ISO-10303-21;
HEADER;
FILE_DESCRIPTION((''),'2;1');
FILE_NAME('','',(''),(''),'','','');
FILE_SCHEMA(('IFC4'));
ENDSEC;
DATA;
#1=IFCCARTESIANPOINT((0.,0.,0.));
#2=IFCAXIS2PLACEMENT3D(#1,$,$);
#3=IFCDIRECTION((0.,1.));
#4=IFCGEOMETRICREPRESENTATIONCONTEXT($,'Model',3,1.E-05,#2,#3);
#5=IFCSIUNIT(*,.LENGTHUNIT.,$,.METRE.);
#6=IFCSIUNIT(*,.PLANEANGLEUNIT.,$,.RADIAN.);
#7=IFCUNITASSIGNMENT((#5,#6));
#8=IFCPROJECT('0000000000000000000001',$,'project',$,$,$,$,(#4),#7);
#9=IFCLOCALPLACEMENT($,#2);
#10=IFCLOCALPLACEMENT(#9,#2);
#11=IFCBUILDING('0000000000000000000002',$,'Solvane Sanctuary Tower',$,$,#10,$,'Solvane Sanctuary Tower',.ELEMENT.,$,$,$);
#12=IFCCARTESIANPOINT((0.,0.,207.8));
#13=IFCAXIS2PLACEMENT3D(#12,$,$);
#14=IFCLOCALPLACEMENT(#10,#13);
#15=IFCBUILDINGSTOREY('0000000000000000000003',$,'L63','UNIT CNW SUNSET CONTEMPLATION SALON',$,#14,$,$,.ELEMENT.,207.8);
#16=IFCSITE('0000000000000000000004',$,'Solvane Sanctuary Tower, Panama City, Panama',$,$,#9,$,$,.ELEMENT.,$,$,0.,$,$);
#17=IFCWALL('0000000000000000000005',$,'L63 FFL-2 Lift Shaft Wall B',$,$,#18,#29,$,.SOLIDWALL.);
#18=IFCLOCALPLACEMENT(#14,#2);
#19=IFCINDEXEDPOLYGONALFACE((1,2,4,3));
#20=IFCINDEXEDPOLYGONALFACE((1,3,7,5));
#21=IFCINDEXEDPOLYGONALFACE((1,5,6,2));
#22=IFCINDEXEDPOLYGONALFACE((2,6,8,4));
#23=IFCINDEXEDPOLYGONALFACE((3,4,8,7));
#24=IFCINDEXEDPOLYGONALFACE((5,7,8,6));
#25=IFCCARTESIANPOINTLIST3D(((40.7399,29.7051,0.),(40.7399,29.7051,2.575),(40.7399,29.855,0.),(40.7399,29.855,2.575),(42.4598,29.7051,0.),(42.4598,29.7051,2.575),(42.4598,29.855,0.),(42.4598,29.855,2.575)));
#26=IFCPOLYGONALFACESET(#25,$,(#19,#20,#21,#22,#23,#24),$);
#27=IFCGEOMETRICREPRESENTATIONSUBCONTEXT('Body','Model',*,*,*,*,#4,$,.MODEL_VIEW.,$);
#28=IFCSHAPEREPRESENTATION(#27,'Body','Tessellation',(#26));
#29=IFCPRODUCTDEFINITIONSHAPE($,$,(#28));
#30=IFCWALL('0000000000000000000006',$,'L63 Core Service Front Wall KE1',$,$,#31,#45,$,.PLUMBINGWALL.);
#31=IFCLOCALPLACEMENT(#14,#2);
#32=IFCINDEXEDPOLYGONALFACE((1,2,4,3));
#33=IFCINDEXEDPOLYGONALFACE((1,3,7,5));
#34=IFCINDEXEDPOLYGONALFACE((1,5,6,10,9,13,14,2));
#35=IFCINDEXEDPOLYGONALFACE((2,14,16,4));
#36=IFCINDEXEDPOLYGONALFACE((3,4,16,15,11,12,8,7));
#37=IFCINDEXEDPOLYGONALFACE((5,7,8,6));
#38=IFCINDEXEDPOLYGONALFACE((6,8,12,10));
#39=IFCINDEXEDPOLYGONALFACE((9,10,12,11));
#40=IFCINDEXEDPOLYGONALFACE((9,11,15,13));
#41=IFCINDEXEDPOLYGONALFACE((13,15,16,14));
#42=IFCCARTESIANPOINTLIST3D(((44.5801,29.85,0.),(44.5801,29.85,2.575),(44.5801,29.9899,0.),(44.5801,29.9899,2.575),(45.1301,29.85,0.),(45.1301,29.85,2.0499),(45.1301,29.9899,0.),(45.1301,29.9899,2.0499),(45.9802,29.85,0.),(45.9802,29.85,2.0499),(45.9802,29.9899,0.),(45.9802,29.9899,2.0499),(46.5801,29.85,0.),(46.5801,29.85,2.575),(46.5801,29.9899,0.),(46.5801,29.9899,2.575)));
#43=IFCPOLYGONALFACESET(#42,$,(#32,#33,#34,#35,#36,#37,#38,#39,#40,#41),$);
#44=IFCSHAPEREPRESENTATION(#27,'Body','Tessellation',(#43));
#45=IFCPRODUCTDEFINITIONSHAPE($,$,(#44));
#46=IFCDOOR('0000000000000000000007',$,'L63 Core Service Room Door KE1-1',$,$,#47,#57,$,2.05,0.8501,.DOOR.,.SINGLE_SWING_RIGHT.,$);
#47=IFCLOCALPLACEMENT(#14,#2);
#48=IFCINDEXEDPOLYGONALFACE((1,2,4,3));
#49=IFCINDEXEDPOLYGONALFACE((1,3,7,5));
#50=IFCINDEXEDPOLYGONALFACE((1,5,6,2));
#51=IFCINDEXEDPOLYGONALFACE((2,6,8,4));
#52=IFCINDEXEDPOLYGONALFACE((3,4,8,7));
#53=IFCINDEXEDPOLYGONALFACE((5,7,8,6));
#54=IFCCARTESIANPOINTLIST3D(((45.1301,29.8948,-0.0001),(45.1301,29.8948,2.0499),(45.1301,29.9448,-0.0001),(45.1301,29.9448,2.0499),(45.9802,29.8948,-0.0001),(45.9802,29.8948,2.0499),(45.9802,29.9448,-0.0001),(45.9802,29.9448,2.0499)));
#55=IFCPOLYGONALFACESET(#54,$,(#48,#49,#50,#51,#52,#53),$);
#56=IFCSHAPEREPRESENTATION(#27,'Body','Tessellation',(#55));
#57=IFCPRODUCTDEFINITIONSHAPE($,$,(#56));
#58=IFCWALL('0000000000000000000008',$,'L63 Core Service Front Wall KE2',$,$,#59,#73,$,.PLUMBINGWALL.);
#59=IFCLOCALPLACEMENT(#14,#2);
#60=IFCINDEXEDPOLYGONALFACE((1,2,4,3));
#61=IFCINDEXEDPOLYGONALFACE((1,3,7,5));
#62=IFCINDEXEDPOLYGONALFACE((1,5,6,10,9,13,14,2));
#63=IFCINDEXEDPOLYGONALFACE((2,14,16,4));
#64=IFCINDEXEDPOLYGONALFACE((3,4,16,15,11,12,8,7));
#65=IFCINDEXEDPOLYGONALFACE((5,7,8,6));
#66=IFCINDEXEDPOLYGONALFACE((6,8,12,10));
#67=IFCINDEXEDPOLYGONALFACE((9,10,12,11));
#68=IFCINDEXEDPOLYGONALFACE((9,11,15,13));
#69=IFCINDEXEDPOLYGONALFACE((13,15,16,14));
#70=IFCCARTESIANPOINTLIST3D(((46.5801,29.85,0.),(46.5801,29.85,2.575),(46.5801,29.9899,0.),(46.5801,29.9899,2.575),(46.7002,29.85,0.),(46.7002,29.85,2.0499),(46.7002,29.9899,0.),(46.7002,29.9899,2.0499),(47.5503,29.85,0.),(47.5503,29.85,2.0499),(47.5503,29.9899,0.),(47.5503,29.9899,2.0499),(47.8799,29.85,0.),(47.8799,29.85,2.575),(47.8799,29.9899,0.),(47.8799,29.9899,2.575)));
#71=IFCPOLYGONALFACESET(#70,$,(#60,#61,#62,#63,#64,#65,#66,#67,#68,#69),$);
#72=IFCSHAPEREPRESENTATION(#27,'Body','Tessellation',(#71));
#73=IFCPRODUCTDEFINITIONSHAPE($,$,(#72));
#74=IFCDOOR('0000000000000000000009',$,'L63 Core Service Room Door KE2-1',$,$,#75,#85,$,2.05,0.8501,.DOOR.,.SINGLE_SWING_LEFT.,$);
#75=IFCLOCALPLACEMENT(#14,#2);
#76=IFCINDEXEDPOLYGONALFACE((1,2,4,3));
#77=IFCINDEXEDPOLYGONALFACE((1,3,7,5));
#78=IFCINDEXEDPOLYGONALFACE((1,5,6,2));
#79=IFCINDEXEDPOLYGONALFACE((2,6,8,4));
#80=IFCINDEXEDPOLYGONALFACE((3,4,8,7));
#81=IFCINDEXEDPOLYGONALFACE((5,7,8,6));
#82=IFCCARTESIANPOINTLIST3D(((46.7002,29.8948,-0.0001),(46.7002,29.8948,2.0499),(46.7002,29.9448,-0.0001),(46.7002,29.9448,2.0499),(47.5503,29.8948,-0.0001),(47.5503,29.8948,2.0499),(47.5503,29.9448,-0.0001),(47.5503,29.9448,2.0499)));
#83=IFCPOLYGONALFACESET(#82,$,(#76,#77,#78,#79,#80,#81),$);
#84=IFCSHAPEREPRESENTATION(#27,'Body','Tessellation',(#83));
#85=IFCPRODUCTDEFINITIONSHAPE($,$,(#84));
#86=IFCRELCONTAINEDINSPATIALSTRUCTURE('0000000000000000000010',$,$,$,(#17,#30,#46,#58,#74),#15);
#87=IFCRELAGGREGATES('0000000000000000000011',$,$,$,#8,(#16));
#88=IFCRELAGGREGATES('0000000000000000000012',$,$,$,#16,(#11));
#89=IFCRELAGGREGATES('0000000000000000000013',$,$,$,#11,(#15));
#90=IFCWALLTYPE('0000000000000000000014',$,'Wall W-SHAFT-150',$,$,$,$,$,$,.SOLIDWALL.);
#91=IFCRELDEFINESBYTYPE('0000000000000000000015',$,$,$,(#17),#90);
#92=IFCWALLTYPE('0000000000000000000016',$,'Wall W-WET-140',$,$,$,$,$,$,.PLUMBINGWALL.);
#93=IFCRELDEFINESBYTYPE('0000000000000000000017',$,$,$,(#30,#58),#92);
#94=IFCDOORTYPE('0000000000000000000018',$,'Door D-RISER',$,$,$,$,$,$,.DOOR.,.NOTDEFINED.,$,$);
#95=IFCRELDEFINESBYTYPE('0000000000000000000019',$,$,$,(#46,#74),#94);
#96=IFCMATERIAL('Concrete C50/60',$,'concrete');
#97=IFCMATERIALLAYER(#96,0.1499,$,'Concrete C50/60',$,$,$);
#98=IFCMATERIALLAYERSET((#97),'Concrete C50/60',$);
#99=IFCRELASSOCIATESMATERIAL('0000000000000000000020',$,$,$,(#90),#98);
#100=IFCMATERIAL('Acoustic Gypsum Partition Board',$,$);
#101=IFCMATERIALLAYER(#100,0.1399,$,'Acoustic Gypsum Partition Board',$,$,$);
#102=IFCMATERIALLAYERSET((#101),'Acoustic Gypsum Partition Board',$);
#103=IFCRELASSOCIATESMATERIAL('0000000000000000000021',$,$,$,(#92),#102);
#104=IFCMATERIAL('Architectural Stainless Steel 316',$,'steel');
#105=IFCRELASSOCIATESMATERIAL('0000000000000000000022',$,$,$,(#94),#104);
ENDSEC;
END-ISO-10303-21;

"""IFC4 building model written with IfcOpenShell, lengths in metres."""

from ifc_helpers import new_model, si_unit, direction, frame, frame_2d, origin, place, context, subcontext, project, spatial, rectangle, extrude, material, layer, layer_set, type_object, element, fill, save


model = new_model("IFC4")

# Units and contexts
model_context = context("Model", 3, precision=1e-05, world=origin(), true_north=direction((0.0, 1.0)))
body_context = subcontext(model_context, "Body", "Model", "MODEL_VIEW")
ifc_project = project(units=[si_unit("LENGTHUNIT", "METRE"), si_unit("PLANEANGLEUNIT", "RADIAN")], contexts=[model_context])

# Site, building, storey
site_placement = place(None, origin())
site = spatial("IfcSite", under=ifc_project, at=site_placement, Name="Solvane Sanctuary Tower, Panama City, Panama", CompositionType="ELEMENT", RefElevation=0.0)
building_placement = place(site_placement, origin())
building = spatial("IfcBuilding", under=site, at=building_placement, Name="Solvane Sanctuary Tower", LongName="Solvane Sanctuary Tower", CompositionType="ELEMENT")
storey_placement = place(building_placement, frame((0.0, 0.0, 207.8)))
storey = spatial("IfcBuildingStorey", under=building, at=storey_placement, Name="L63", Description="UNIT CNW SUNSET CONTEMPLATION SALON", CompositionType="ELEMENT", Elevation=207.8)

# Shared definitions
ifc_material_1 = material(Name="Concrete C50/60", Category="concrete")

# Shared definitions
ifc_material_2 = material(Name="Acoustic Gypsum Partition Board")

# Wall
ifc_layer_1 = layer(ifc_material_1, 0.1499, Name="Concrete C50/60")
ifc_layer_set_1 = layer_set([ifc_layer_1], Name="Concrete C50/60")
wall_type_1 = type_object("IfcWallType", Name="Wall W-SHAFT-150", PredefinedType="SOLIDWALL", material=ifc_layer_set_1)
wall_1_placement = place(storey_placement, frame((40.74, 29.78, 0.0), z_axis=(0.0, 0.0, 1.0), x_axis=(1.0, 0.0, 0.0)))
element("IfcWall", 1, at=wall_1_placement, inside=storey, type_object=wall_type_1, Name="L63 FFL-2 Lift Shaft Wall B", PredefinedType="SOLIDWALL", context=body_context, shape_type="SweptSolid", body=[
    extrude(rectangle(XDim=1.72, YDim=0.1499, at=frame_2d((0.8599, 0.0))), origin(), (0.0, 0.0, 1.0), 2.575),
])

# Walls, openings, doors
ifc_layer_2 = layer(ifc_material_2, 0.1399, Name="Acoustic Gypsum Partition Board")
ifc_layer_set_2 = layer_set([ifc_layer_2], Name="Acoustic Gypsum Partition Board")
wall_type_2 = type_object("IfcWallType", Name="Wall W-WET-140", PredefinedType="PLUMBINGWALL", material=ifc_layer_set_2)
wall_2_placement = place(storey_placement, frame((44.5801, 29.9199, 0.0), z_axis=(0.0, 0.0, 1.0), x_axis=(1.0, 0.0, 0.0)))
wall_2 = element("IfcWall", 2, at=wall_2_placement, inside=storey, type_object=wall_type_2, Name="L63 Core Service Front Wall KE1", PredefinedType="PLUMBINGWALL", context=body_context, shape_type="SweptSolid", body=[
    extrude(rectangle(XDim=2.0, YDim=0.1399, at=frame_2d((1.0, 0.0))), origin(), (0.0, 0.0, 1.0), 2.575),
])
opening_1_placement = place(wall_2_placement, frame((0.55, 0.0, 0.0)))
opening_1 = element("IfcOpeningElement", 3, at=opening_1_placement, cuts=wall_2, PredefinedType="OPENING", context=body_context, shape_type="SweptSolid", body=[
    extrude(rectangle(XDim=0.8501, YDim=2.05, at=frame_2d((0.425, 1.0249))), frame((0.0, 0.0798, 0.0), z_axis=(0.0, -1.0, 0.0), x_axis=(1.0, 0.0, 0.0)), (0.0, 0.0, 1.0), 0.1599),
])
ifc_material_3 = material(Name="Architectural Stainless Steel 316", Category="steel")
door_type_1 = type_object("IfcDoorType", Name="Door D-RISER", OperationType="NOTDEFINED", PredefinedType="DOOR", material=ifc_material_3)
door_1_placement = place(opening_1_placement, origin())
door_1 = element("IfcDoor", 4, at=door_1_placement, inside=storey, type_object=door_type_1, Name="L63 Core Service Room Door KE1-1", OperationType="SINGLE_SWING_RIGHT", OverallHeight=2.05, OverallWidth=0.8501, PredefinedType="DOOR", context=body_context, shape_type="SweptSolid", body=[
    extrude(rectangle(XDim=0.8501, YDim=2.05, at=frame_2d((0.425, 1.0249))), frame((0.0, 0.0249, 0.0), z_axis=(0.0, -1.0, 0.0), x_axis=(1.0, 0.0, 0.0)), (0.0, 0.0, 1.0), 0.05),
])
fill(opening_1, door_1)
wall_3_placement = place(storey_placement, frame((46.5801, 29.9199, 0.0), z_axis=(0.0, 0.0, 1.0), x_axis=(1.0, 0.0, 0.0)))
wall_3 = element("IfcWall", 5, at=wall_3_placement, inside=storey, type_object=wall_type_2, Name="L63 Core Service Front Wall KE2", PredefinedType="PLUMBINGWALL", context=body_context, shape_type="SweptSolid", body=[
    extrude(rectangle(XDim=1.2998, YDim=0.1399, at=frame_2d((0.6499, 0.0))), origin(), (0.0, 0.0, 1.0), 2.575),
])
opening_2_placement = place(wall_3_placement, frame((0.1201, 0.0, 0.0)))
opening_2 = element("IfcOpeningElement", 6, at=opening_2_placement, cuts=wall_3, PredefinedType="OPENING", context=body_context, shape_type="SweptSolid", body=[
    extrude(rectangle(XDim=0.8501, YDim=2.05, at=frame_2d((0.425, 1.0249))), frame((0.0, 0.0798, 0.0), z_axis=(0.0, -1.0, 0.0), x_axis=(1.0, 0.0, 0.0)), (0.0, 0.0, 1.0), 0.1599),
])
door_2_placement = place(opening_2_placement, origin())
door_2 = element("IfcDoor", 7, at=door_2_placement, inside=storey, type_object=door_type_1, Name="L63 Core Service Room Door KE2-1", OperationType="SINGLE_SWING_LEFT", OverallHeight=2.05, OverallWidth=0.8501, PredefinedType="DOOR", context=body_context, shape_type="SweptSolid", body=[
    extrude(rectangle(XDim=0.8501, YDim=2.05, at=frame_2d((0.425, 1.0249))), frame((0.0, 0.0249, 0.0), z_axis=(0.0, -1.0, 0.0), x_axis=(1.0, 0.0, 0.0)), (0.0, 0.0, 1.0), 0.05),
])
fill(opening_2, door_2)

save(model, "model.ifc")
